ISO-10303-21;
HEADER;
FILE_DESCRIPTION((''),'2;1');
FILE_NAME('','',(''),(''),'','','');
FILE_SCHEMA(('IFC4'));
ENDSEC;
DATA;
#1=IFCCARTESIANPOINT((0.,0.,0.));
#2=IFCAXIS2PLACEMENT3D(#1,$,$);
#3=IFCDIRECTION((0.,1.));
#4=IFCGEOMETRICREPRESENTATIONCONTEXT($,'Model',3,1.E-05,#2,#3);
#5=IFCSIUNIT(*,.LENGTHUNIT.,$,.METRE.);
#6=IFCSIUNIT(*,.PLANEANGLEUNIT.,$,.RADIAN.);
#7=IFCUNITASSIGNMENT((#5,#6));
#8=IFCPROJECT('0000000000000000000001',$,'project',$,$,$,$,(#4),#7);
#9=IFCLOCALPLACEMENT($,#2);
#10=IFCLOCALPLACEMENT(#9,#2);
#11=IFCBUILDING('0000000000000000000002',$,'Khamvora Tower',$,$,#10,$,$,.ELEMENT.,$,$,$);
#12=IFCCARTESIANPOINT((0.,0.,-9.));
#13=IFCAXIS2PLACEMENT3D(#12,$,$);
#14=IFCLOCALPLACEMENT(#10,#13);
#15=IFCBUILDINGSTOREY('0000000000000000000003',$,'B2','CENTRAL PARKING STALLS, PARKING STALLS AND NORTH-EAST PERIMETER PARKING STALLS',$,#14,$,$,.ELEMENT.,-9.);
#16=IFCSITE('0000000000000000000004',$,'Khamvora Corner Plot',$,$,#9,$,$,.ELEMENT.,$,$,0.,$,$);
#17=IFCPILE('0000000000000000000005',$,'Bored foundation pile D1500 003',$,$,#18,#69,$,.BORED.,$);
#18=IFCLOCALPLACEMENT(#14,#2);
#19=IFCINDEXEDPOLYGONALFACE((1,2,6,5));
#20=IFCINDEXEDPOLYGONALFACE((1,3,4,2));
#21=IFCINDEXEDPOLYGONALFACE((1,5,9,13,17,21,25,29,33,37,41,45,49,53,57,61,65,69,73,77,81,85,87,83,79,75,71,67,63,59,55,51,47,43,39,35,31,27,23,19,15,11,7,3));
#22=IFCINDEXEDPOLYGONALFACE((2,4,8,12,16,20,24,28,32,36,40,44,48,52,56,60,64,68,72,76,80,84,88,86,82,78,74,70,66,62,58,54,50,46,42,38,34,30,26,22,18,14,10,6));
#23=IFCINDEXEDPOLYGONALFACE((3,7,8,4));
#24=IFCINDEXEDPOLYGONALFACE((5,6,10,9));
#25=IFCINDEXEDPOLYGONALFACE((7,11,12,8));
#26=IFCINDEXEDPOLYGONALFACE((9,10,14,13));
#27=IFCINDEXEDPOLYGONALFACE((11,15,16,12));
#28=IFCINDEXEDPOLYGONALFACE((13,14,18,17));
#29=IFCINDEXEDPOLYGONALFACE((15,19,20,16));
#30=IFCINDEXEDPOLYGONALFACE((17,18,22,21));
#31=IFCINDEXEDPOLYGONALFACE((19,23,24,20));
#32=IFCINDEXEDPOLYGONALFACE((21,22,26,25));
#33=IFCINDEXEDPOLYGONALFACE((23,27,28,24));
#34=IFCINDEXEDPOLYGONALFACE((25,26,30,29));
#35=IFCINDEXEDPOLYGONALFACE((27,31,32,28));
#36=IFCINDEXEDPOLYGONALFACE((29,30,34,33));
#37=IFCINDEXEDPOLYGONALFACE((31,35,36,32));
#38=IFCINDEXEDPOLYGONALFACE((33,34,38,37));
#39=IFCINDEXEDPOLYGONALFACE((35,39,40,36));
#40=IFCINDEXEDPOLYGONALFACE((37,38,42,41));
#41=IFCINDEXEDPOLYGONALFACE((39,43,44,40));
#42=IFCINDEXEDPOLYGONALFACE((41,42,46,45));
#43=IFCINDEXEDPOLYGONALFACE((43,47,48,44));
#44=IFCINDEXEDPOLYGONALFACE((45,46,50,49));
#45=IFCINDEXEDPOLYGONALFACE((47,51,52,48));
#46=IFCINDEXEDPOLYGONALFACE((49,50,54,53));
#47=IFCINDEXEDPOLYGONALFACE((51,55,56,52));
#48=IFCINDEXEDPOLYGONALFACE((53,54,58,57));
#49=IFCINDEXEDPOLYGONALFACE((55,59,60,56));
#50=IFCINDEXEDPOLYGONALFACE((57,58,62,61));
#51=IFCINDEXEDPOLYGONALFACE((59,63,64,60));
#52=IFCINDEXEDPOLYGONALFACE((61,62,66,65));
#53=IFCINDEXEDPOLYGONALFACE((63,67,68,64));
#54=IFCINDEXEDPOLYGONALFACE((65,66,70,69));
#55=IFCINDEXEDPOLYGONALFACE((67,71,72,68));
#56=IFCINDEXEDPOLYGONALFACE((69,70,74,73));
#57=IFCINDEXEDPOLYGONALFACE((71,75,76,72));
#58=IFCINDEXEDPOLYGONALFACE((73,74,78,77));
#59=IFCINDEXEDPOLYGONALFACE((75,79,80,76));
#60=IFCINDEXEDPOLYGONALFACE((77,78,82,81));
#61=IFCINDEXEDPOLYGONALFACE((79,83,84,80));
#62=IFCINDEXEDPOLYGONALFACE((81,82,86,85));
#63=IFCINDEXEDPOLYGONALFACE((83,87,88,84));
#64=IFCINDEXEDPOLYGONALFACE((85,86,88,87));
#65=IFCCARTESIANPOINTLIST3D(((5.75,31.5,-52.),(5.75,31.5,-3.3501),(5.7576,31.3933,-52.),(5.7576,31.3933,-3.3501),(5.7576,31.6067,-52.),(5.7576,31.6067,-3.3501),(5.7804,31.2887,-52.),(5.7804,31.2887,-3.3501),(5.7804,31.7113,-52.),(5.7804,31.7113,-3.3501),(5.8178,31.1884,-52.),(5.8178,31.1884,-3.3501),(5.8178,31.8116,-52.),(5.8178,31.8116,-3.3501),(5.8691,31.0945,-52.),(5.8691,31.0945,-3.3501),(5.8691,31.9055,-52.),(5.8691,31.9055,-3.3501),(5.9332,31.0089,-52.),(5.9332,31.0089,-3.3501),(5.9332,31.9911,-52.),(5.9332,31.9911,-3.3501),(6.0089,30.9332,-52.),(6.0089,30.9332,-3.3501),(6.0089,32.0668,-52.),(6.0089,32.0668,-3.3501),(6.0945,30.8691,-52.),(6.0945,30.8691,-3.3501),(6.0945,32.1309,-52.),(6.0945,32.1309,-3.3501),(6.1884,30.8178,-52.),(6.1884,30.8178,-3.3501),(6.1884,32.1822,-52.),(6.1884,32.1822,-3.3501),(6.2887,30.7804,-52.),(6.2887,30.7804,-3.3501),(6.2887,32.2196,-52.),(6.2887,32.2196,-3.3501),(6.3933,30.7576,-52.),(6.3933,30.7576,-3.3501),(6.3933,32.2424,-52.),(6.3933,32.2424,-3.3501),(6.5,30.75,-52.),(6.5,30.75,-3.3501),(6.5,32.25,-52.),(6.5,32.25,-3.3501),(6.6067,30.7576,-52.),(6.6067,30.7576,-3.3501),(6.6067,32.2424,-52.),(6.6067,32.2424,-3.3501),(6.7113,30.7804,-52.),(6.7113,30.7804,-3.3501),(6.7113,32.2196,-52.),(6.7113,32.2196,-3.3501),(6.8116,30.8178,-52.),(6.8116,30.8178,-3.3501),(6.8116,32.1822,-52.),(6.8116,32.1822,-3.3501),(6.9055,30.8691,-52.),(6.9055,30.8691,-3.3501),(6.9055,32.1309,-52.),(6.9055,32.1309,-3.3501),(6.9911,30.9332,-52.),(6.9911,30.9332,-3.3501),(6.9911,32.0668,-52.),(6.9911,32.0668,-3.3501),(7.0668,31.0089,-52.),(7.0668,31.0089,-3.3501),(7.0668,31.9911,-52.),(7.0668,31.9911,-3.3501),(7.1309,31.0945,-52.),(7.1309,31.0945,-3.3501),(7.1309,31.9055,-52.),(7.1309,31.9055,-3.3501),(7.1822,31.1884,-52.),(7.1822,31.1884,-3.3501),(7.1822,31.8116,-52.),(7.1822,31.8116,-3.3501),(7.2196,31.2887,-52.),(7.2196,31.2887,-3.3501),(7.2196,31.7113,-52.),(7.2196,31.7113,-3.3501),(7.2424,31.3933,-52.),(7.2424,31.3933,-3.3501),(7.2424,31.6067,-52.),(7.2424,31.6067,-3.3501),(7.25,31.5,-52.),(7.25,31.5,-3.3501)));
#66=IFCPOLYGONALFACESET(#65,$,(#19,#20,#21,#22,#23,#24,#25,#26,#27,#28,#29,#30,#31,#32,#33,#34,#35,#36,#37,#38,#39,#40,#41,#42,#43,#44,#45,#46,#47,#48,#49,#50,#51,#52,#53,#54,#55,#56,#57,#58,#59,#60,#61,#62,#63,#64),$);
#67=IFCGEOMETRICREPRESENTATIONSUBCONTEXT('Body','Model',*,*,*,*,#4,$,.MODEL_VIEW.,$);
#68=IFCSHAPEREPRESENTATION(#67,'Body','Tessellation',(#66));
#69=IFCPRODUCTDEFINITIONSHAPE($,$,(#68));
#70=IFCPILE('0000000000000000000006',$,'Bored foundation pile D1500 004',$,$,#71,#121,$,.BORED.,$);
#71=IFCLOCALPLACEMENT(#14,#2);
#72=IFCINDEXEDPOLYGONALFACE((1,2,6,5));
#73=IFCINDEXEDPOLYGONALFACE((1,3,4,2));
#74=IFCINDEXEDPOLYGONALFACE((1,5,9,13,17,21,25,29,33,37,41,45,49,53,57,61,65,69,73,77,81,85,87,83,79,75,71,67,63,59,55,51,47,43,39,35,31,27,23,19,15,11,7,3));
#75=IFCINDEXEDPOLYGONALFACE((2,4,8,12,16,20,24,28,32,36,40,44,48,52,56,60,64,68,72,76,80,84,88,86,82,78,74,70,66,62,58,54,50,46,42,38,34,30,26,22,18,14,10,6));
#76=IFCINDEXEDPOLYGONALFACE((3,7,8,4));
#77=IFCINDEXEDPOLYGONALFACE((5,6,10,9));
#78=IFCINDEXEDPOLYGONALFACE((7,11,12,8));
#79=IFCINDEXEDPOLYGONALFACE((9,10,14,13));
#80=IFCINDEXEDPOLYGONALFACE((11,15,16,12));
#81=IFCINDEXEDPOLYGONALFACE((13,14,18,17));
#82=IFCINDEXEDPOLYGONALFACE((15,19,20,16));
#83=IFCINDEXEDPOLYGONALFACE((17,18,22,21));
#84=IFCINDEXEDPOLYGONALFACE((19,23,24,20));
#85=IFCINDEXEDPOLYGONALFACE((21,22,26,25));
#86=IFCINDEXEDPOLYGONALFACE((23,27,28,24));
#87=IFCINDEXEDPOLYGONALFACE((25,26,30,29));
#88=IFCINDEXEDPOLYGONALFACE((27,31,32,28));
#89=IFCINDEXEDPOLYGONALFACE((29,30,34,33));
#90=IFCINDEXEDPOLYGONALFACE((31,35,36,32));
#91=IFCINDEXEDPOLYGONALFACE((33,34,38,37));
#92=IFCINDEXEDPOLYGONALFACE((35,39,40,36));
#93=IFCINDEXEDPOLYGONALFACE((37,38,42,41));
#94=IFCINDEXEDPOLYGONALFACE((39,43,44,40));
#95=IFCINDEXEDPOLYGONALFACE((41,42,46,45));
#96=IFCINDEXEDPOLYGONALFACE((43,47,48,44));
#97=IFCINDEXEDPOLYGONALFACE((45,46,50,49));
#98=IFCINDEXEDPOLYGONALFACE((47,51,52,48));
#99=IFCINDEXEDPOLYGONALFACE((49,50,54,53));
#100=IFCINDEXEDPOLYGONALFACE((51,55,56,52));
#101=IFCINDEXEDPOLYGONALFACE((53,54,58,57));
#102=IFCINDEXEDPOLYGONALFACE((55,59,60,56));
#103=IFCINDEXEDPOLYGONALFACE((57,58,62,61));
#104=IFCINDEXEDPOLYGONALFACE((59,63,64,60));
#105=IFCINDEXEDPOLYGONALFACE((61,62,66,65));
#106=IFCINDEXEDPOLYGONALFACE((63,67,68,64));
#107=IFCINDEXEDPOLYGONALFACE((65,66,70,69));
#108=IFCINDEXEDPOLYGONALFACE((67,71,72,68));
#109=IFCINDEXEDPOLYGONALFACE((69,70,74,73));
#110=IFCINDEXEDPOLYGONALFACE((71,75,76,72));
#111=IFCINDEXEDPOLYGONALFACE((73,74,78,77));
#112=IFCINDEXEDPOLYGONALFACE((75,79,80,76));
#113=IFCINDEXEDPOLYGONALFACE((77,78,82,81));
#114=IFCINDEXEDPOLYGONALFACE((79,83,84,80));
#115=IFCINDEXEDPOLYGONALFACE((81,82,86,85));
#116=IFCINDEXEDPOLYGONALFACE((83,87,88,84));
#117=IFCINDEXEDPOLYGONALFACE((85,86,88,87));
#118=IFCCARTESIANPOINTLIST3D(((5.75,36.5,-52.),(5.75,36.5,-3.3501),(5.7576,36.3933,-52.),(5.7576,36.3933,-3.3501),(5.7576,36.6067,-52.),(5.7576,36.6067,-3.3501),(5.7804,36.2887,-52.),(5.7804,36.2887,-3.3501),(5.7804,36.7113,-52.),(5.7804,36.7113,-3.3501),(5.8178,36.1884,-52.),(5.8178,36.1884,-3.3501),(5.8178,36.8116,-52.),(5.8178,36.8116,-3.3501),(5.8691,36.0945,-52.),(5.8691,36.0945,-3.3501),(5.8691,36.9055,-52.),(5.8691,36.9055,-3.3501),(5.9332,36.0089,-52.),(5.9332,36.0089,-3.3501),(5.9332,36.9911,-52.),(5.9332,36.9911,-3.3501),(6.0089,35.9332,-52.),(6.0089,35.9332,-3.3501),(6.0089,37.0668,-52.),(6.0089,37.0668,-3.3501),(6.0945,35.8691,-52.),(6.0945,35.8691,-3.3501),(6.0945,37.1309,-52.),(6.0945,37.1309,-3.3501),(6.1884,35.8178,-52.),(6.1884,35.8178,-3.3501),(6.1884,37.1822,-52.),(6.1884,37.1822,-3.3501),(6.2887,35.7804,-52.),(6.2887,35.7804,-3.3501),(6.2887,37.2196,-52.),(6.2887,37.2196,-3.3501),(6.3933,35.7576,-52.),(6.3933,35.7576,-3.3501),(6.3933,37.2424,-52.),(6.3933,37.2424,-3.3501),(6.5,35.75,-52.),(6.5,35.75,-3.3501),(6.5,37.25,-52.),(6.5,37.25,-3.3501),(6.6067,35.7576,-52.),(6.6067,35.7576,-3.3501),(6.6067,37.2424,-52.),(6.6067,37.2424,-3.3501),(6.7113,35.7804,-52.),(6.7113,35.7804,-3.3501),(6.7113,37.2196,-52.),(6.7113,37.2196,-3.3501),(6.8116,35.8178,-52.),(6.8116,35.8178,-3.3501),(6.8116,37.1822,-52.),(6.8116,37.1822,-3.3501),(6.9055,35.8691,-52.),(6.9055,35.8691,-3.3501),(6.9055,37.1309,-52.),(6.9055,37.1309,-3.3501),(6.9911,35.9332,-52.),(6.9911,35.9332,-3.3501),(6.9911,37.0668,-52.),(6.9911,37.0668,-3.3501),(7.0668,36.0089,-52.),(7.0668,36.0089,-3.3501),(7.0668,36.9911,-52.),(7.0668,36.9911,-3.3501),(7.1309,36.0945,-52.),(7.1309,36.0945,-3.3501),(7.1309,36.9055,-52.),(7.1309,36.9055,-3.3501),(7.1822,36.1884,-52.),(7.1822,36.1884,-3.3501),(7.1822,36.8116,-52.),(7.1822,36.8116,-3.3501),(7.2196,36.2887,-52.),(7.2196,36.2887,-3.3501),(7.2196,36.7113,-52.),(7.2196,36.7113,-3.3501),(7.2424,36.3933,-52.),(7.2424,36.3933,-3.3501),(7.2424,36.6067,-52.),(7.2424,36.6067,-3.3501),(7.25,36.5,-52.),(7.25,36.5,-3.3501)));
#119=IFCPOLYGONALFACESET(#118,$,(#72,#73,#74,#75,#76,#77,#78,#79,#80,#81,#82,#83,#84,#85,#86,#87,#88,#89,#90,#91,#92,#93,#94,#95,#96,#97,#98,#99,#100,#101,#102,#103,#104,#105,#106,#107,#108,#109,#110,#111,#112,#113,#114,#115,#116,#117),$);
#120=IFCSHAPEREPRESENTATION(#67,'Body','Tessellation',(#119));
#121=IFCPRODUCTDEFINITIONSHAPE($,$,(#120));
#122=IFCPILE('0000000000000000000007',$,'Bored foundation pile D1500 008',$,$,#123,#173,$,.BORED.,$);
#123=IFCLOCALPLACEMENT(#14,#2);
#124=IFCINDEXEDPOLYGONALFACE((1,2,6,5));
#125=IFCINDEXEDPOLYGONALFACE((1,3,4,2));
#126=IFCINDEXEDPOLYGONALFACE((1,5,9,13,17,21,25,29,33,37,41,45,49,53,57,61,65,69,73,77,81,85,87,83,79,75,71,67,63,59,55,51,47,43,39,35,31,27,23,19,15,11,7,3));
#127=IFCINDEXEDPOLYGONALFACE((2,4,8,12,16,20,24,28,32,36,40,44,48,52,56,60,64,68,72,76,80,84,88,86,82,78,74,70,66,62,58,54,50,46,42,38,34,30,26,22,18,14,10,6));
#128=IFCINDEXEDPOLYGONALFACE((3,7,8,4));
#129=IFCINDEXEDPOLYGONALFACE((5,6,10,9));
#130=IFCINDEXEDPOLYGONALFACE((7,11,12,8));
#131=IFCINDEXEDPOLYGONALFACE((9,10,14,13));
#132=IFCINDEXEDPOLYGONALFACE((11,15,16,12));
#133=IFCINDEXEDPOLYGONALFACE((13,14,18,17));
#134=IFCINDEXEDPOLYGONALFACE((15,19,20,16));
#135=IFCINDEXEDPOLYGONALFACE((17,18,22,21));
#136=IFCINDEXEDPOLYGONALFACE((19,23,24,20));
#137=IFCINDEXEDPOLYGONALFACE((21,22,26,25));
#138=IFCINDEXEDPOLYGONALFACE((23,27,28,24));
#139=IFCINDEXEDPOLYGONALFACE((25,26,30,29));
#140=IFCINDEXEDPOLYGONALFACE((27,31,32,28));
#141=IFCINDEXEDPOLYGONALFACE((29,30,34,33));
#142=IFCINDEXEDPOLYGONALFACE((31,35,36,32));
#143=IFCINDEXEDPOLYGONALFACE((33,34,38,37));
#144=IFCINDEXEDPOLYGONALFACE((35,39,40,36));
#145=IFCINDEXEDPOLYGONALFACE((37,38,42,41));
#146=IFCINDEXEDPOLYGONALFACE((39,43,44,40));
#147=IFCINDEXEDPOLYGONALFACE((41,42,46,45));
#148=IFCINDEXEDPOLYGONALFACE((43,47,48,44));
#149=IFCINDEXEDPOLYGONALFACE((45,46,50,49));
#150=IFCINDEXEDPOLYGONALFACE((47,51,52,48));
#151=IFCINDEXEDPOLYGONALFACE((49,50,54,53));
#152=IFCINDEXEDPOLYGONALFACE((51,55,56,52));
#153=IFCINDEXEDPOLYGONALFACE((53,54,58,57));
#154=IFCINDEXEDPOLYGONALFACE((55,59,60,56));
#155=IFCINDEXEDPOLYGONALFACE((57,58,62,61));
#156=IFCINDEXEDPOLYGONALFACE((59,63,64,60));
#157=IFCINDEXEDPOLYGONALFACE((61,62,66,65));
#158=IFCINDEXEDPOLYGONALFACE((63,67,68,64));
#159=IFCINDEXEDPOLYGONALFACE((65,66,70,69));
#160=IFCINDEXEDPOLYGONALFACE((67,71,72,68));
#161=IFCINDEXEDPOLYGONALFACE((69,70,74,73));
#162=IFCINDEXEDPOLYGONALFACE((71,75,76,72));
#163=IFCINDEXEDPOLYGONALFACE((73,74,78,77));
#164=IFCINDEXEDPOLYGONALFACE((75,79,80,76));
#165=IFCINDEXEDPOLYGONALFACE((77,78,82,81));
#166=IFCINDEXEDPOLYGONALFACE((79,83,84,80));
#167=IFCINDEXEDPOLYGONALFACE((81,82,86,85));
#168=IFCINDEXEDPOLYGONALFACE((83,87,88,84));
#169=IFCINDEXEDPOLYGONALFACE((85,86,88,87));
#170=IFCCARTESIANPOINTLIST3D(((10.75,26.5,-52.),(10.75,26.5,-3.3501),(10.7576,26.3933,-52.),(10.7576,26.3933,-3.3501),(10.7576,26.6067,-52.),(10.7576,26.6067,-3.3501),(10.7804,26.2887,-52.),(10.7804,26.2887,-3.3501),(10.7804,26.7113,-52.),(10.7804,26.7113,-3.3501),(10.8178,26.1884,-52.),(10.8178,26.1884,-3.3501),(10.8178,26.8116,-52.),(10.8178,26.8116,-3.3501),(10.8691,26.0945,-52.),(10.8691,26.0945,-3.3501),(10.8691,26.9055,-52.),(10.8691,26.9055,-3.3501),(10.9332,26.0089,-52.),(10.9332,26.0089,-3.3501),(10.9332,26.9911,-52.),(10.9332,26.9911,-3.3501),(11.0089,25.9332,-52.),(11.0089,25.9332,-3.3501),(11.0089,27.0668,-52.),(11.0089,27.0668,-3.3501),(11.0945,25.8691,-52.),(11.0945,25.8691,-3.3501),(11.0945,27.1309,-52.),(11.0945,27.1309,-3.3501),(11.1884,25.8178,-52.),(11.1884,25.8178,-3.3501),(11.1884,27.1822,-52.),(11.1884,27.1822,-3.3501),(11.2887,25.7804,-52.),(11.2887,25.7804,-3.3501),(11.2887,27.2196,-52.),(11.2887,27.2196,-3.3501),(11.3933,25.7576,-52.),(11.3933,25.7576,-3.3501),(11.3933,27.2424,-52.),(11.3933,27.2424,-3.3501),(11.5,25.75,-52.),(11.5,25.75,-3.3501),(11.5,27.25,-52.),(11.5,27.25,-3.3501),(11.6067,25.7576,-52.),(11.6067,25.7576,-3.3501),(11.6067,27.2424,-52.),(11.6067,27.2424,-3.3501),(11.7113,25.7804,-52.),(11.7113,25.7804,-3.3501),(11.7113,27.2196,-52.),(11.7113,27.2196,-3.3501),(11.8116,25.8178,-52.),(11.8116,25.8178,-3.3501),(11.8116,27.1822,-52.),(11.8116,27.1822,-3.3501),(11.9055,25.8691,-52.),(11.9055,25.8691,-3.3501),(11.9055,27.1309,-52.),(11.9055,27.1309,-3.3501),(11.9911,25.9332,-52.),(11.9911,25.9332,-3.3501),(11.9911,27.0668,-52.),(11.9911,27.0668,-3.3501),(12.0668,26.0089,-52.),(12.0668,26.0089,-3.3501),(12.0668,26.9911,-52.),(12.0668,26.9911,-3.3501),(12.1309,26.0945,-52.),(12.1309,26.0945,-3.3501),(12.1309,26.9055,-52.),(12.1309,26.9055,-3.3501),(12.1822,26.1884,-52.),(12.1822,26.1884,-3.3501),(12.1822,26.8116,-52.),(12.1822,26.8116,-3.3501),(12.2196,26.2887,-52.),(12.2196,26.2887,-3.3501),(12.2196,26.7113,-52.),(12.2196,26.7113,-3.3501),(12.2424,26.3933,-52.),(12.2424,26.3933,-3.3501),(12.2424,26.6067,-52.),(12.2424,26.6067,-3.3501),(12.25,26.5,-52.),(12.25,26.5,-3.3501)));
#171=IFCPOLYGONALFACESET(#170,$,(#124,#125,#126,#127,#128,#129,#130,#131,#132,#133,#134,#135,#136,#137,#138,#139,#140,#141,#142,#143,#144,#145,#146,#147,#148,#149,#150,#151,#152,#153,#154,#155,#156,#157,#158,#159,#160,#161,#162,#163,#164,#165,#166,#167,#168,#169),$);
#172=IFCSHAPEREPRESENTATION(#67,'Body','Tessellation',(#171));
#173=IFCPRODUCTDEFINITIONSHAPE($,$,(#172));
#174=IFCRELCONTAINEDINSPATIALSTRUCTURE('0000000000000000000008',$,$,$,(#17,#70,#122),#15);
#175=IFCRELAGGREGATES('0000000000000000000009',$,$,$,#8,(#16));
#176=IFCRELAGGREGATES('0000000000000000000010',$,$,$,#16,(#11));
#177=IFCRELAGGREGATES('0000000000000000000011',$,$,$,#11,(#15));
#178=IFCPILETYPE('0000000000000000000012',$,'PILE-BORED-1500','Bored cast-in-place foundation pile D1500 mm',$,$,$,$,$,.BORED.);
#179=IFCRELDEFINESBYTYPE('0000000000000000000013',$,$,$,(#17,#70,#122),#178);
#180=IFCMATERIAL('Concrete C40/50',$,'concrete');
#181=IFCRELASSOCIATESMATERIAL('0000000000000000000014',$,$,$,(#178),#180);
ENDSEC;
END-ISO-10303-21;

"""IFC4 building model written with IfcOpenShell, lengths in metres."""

from ifc_helpers import new_model, si_unit, direction, frame, origin, origin_2d, place, context, subcontext, project, spatial, circle, extrude, material, material_profile, profile_set, type_object, element, save


model = new_model("IFC4")

# Units and contexts
model_context = context("Model", 3, precision=1e-05, world=origin(), true_north=direction((0.0, 1.0)))
body_context = subcontext(model_context, "Body", "Model", "MODEL_VIEW")
ifc_project = project(units=[si_unit("LENGTHUNIT", "METRE"), si_unit("PLANEANGLEUNIT", "RADIAN")], contexts=[model_context])

# Site, building, storey
site_placement = place(None, origin())
site = spatial("IfcSite", under=ifc_project, at=site_placement, Name="Khamvora Corner Plot", CompositionType="ELEMENT", RefElevation=0.0)
building_placement = place(site_placement, origin())
building = spatial("IfcBuilding", under=site, at=building_placement, Name="Khamvora Tower", CompositionType="ELEMENT")
storey_placement = place(building_placement, frame((0.0, 0.0, -9.0)))
storey = spatial("IfcBuildingStorey", under=building, at=storey_placement, Name="B2", Description="CENTRAL PARKING STALLS, PARKING STALLS AND NORTH-EAST PERIMETER PARKING STALLS", CompositionType="ELEMENT", Elevation=-9.0)

# Piles
ifc_material_1 = material(Name="Concrete C40/50", Category="concrete")
ifc_material_profile_1 = material_profile(ifc_material_1, circle(Radius=0.75, at=origin_2d()), Name="PILE_D1500")
ifc_profile_set_1 = profile_set([ifc_material_profile_1], Name="Concrete C40/50")
pile_type_1 = type_object("IfcPileType", Name="PILE-BORED-1500", Description="Bored cast-in-place foundation pile D1500 mm", PredefinedType="BORED", material=ifc_profile_set_1)
for number, where, z_axis, x_axis, name in (
    (1, (6.5, 31.5, -3.3501), (0.0, 0.0, -1.0), (1.0, 0.0, 0.0), "Bored foundation pile D1500 003"),
    (2, (6.5, 36.5, -3.3501), (0.0, 0.0, -1.0), (1.0, 0.0, 0.0), "Bored foundation pile D1500 004"),
    (3, (11.5, 26.5, -3.3501), (0.0, 0.0, -1.0), (1.0, 0.0, 0.0), "Bored foundation pile D1500 008"),
):
    element("IfcPile", number, at=place(storey_placement, frame(where, z_axis=z_axis, x_axis=x_axis)), inside=storey, type_object=pile_type_1, Name=name, PredefinedType="BORED", context=body_context, shape_type="SweptSolid", body=[
        extrude(circle(Radius=0.75, at=origin_2d()), origin(), (0.0, 0.0, 1.0), 48.6499),
    ])

save(model, "model.ifc")
